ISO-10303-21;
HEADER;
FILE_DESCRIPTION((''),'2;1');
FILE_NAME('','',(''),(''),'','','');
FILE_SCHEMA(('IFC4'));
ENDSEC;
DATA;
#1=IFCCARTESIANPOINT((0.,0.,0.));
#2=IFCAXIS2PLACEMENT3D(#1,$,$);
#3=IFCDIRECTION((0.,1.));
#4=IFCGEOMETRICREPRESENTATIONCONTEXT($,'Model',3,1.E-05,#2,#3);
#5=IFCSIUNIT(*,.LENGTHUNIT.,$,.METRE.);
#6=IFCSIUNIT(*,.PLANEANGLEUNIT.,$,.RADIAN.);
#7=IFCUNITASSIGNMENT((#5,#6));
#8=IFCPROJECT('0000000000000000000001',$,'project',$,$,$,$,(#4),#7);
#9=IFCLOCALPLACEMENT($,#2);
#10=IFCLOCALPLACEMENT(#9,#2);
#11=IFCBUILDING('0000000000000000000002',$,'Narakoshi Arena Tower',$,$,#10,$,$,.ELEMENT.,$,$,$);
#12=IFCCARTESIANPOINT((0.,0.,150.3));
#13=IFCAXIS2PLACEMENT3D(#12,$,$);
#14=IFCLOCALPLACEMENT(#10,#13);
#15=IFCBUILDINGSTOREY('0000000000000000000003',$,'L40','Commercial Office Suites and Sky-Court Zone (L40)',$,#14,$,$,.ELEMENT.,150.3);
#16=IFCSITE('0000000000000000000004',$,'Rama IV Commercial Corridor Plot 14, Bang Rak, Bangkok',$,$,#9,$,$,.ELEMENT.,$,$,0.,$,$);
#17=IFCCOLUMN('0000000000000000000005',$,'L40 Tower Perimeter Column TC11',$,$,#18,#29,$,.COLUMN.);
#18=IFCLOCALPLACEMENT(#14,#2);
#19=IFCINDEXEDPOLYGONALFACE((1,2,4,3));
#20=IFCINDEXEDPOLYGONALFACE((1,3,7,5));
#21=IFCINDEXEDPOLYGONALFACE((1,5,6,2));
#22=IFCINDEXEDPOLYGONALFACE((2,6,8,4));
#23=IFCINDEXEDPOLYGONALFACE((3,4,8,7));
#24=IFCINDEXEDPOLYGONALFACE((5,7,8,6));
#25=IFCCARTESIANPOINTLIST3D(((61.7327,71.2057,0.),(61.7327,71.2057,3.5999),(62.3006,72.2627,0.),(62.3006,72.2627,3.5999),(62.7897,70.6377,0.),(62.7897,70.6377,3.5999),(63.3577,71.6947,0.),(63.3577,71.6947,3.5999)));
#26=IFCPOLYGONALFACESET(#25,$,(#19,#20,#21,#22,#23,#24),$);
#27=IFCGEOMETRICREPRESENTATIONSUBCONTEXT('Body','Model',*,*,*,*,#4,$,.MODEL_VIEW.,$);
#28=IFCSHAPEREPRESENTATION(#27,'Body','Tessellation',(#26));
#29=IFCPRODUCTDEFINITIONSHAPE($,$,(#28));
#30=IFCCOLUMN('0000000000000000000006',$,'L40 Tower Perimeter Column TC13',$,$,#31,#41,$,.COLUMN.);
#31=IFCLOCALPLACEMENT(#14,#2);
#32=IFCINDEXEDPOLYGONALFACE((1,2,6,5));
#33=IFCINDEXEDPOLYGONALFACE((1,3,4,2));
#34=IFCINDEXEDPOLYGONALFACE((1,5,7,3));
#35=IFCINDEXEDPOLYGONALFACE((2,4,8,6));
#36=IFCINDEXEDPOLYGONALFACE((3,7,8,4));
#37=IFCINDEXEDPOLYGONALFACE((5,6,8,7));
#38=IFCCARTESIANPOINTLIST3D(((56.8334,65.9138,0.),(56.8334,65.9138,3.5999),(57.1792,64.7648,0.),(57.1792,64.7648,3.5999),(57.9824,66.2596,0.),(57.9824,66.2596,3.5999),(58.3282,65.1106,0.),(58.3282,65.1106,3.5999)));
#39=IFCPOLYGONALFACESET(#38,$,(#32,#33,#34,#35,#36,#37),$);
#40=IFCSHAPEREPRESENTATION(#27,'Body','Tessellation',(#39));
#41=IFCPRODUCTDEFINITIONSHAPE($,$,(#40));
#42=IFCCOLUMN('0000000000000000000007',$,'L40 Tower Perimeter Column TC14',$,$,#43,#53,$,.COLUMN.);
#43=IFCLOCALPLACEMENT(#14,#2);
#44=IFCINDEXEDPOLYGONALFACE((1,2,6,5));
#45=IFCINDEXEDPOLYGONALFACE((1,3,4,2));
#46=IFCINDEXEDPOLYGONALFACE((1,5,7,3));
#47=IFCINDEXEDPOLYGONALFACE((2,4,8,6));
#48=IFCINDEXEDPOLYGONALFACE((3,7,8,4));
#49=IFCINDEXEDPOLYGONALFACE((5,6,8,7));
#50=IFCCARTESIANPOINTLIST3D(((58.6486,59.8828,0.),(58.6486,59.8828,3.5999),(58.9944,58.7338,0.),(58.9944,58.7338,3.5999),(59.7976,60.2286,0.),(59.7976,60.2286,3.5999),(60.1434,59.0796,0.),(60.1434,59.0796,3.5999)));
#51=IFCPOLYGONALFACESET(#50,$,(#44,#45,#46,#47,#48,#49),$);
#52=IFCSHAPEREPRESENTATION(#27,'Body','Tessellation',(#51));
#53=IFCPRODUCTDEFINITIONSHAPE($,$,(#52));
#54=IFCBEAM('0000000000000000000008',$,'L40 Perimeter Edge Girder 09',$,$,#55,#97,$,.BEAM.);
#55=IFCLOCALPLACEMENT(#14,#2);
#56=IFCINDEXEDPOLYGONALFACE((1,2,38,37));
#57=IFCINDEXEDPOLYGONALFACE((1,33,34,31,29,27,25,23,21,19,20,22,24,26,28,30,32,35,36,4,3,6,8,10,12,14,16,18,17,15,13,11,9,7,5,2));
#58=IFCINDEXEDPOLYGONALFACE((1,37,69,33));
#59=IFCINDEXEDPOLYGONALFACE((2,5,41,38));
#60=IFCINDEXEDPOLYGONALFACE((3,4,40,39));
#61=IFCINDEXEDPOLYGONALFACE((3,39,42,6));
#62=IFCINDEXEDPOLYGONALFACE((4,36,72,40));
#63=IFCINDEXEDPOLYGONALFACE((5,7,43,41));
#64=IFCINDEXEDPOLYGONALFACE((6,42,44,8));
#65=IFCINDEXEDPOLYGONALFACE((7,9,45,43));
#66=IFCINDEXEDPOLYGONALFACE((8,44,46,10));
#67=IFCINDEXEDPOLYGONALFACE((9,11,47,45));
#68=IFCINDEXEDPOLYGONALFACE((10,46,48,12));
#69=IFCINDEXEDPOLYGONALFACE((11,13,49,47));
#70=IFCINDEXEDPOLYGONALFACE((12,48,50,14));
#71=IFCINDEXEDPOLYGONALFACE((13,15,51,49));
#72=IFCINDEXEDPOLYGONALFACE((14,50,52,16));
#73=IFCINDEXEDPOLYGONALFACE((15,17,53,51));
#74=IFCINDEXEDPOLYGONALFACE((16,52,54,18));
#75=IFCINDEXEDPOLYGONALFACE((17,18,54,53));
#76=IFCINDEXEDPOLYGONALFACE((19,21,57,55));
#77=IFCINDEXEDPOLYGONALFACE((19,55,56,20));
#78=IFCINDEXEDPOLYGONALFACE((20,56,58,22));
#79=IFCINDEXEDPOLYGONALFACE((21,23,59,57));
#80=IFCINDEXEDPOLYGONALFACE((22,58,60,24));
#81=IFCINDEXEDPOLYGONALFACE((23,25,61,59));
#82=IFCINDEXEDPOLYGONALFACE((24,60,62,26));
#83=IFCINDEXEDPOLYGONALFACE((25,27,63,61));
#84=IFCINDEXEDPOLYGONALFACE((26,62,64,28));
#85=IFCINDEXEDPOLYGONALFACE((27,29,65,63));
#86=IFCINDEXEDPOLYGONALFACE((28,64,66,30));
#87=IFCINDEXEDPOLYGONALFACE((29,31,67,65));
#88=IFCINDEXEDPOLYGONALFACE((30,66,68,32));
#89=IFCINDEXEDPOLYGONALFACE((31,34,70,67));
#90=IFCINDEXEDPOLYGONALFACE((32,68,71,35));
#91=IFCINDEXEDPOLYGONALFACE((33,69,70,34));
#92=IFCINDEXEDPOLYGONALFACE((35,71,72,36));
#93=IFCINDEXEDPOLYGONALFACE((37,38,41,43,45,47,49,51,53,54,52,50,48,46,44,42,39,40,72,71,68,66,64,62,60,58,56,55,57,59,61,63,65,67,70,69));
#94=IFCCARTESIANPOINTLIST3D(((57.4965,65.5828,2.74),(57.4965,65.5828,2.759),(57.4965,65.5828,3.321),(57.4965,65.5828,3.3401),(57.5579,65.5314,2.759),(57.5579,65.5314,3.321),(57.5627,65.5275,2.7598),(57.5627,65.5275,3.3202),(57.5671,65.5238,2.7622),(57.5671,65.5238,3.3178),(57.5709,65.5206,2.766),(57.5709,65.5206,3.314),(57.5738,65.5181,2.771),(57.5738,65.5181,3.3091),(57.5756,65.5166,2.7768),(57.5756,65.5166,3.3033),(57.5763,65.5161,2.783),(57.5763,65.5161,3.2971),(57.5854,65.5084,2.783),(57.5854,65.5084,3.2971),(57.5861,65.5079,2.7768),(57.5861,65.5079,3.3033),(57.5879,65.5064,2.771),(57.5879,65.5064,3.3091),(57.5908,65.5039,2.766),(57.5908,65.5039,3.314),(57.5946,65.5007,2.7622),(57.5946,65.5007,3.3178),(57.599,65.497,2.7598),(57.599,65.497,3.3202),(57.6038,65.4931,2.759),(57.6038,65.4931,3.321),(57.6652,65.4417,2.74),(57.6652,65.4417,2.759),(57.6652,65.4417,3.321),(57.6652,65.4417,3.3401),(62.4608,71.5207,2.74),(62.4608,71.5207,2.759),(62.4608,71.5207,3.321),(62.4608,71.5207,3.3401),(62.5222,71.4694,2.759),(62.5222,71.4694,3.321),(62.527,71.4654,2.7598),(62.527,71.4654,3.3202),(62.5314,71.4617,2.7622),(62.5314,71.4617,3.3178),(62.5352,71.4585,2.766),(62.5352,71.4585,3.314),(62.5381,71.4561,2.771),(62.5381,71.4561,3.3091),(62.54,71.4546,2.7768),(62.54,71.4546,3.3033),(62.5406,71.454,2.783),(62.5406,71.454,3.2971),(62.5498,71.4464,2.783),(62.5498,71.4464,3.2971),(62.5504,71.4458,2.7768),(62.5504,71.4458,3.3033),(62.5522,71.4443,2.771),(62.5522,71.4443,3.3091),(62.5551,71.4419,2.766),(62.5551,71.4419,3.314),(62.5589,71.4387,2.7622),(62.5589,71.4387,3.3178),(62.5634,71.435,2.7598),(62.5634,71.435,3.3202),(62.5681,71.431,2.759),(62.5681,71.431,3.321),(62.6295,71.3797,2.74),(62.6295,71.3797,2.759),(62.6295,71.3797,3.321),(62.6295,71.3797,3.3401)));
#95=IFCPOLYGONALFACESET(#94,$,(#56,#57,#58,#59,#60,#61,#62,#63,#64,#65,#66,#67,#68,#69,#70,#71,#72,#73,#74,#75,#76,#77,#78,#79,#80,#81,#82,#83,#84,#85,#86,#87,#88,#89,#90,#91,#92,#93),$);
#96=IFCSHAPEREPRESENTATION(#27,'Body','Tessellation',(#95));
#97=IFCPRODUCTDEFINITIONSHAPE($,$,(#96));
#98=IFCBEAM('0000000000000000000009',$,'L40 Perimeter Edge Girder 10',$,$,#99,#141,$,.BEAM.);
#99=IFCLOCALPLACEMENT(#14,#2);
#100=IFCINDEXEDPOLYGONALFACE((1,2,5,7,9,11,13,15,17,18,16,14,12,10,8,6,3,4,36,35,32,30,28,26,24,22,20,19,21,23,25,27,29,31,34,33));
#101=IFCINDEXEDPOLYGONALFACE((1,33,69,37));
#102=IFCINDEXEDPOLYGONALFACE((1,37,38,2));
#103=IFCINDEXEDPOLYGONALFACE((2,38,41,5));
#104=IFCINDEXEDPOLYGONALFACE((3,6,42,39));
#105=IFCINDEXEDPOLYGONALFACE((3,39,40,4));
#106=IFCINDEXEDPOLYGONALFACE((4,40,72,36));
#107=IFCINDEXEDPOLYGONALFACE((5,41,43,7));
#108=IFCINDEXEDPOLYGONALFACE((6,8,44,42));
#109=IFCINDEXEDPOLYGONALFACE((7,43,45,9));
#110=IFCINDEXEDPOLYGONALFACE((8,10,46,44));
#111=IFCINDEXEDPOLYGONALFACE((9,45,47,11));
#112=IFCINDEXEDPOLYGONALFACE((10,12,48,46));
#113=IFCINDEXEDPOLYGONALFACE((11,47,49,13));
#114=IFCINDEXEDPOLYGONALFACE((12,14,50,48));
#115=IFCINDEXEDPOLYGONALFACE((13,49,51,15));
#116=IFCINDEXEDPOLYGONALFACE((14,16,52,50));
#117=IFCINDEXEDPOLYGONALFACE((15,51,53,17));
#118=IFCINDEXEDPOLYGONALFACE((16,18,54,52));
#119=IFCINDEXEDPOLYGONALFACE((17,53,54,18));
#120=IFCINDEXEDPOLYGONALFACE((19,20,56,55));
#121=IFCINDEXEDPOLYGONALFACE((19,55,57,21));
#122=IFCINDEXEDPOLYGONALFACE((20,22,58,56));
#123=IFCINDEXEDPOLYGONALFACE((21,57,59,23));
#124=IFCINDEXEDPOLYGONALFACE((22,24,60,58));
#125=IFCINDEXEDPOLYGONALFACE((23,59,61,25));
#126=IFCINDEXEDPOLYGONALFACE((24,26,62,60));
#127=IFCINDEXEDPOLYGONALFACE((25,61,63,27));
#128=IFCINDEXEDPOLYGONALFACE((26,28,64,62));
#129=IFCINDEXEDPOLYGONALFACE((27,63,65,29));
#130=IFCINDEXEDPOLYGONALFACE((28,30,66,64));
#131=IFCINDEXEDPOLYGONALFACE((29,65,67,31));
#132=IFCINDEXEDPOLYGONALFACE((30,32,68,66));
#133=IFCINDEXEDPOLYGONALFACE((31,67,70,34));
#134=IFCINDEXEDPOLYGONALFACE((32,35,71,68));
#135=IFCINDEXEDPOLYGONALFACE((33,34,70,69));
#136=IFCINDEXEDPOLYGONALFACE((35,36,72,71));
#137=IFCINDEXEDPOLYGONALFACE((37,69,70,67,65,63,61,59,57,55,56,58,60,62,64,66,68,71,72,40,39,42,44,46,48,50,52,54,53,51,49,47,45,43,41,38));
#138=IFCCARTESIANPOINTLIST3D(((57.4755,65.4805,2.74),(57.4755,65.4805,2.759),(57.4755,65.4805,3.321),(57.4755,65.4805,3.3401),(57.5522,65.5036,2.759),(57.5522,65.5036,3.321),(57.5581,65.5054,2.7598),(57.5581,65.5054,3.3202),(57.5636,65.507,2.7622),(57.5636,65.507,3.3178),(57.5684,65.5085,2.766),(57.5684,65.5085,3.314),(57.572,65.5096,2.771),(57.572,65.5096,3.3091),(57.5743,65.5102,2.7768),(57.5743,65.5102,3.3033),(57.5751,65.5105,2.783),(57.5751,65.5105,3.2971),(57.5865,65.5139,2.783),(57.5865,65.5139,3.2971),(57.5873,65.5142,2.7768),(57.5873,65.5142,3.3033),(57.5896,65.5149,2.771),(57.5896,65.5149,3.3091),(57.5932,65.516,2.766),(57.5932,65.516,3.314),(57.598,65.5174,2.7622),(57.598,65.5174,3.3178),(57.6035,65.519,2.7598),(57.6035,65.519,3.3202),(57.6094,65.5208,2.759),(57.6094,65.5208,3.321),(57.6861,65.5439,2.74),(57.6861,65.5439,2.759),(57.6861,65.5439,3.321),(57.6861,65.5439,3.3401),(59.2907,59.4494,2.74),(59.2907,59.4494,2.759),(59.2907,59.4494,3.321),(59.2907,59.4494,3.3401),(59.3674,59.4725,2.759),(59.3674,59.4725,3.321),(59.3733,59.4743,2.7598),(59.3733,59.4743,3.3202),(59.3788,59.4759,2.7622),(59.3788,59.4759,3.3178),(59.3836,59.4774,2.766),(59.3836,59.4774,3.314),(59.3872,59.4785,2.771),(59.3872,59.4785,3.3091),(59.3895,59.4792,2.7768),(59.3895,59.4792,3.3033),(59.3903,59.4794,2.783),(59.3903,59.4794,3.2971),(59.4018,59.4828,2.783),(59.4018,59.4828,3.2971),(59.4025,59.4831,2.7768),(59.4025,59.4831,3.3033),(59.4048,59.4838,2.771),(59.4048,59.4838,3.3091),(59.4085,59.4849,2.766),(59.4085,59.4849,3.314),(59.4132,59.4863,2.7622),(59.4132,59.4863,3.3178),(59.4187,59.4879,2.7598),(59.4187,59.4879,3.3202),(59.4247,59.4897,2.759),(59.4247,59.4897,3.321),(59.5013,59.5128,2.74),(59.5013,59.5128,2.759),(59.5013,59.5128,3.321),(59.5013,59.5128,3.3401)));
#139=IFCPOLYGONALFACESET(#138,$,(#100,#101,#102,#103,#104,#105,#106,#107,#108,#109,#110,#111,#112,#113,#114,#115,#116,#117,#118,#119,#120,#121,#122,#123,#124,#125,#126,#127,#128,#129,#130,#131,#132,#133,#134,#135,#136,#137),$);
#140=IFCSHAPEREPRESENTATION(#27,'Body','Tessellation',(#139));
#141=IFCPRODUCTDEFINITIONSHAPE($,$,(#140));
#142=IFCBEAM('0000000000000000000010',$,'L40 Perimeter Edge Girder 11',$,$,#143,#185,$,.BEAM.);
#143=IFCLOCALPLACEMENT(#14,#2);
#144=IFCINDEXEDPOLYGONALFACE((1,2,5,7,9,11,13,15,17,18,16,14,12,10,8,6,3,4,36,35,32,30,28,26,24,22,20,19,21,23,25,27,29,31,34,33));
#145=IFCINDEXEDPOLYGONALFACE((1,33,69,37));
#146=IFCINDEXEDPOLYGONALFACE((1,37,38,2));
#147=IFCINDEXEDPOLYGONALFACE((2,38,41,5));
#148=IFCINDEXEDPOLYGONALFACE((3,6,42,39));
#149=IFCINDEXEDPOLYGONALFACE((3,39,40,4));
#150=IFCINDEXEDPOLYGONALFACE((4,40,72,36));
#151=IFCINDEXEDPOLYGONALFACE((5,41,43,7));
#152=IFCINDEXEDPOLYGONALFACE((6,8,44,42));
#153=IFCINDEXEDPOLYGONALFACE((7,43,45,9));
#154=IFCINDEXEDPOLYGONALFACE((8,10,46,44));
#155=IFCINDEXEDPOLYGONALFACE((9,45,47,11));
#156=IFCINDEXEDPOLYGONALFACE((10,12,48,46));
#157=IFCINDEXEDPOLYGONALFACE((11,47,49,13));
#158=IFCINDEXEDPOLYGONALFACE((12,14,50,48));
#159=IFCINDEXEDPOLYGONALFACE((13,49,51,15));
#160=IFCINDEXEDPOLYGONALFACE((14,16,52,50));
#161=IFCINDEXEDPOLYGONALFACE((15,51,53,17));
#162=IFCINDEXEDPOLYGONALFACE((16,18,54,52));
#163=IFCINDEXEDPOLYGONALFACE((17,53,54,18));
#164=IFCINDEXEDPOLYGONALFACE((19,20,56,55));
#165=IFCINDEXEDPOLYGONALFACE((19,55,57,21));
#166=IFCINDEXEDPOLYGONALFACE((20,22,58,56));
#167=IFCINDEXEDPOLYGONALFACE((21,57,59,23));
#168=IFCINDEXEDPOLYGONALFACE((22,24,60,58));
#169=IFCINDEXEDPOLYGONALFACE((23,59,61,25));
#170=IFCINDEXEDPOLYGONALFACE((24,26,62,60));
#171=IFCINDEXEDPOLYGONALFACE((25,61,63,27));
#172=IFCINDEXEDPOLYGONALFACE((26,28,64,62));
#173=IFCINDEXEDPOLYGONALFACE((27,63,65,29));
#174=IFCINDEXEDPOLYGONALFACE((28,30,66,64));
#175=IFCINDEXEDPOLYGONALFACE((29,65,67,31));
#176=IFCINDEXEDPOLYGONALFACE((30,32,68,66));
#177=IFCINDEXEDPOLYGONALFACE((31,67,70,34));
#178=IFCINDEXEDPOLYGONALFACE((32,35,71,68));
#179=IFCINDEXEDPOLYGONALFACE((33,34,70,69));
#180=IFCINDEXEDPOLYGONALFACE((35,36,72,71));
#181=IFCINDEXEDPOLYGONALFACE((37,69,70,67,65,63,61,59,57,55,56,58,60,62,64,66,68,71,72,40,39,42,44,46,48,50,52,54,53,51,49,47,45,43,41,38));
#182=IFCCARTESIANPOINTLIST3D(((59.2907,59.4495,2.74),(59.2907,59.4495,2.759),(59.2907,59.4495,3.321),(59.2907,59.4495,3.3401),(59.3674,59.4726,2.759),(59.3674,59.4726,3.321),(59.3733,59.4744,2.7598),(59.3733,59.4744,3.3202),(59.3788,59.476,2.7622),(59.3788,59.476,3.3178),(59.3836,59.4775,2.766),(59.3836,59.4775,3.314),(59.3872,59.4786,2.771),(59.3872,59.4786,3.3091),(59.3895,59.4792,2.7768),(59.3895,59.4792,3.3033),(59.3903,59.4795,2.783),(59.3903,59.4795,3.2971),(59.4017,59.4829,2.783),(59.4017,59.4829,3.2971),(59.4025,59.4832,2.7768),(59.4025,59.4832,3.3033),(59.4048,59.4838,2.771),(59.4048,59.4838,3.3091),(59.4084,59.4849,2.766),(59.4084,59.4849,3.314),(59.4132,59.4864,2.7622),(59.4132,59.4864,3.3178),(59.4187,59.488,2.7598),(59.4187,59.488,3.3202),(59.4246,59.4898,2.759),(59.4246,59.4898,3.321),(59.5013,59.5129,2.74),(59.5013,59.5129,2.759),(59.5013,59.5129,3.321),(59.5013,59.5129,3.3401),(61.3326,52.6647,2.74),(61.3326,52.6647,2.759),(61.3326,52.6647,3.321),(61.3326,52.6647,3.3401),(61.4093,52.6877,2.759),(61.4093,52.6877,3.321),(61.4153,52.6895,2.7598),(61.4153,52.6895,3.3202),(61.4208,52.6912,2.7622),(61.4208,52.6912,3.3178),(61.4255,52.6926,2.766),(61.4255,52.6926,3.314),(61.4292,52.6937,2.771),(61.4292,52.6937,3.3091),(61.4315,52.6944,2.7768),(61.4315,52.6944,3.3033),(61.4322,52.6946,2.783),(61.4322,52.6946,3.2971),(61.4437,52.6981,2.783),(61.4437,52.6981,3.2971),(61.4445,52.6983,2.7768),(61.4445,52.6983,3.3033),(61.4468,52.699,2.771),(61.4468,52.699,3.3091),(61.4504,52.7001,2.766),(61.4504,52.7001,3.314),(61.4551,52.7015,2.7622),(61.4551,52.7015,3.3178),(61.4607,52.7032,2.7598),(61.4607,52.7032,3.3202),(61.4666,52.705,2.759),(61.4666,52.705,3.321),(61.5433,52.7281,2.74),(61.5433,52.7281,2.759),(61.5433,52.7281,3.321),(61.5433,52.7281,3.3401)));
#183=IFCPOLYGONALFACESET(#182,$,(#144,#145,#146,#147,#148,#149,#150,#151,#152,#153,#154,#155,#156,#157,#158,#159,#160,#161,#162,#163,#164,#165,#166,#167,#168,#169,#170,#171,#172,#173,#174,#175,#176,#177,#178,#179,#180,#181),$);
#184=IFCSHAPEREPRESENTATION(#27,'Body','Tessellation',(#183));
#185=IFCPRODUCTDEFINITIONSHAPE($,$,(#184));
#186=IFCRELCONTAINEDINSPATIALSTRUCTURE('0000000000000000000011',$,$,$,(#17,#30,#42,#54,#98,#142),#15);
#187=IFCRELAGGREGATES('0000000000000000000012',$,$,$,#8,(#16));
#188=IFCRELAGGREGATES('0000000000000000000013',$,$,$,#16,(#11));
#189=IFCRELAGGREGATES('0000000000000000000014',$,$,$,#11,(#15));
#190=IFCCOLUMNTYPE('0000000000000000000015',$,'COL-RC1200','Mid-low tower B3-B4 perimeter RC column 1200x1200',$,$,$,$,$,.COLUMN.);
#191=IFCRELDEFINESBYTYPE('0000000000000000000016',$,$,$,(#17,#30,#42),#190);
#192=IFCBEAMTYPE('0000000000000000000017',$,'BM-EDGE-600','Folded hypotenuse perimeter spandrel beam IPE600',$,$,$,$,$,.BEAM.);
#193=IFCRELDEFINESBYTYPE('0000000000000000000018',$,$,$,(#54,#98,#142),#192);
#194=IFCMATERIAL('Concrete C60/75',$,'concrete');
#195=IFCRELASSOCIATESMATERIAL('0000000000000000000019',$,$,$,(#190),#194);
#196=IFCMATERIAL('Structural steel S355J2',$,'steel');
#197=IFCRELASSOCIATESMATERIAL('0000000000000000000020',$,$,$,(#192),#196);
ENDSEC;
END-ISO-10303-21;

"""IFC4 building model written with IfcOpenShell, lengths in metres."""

from ifc_helpers import new_model, si_unit, direction, frame, origin, origin_2d, place, context, subcontext, project, spatial, rectangle, i_section, extrude, material, material_profile, profile_set, type_object, element, save


model = new_model("IFC4")

# Units and contexts
model_context = context("Model", 3, precision=1e-05, world=origin(), true_north=direction((0.0, 1.0)))
body_context = subcontext(model_context, "Body", "Model", "MODEL_VIEW")
ifc_project = project(units=[si_unit("LENGTHUNIT", "METRE"), si_unit("PLANEANGLEUNIT", "RADIAN")], contexts=[model_context])

# Site, building, storey
site_placement = place(None, origin())
site = spatial("IfcSite", under=ifc_project, at=site_placement, Name="Rama IV Commercial Corridor Plot 14, Bang Rak, Bangkok", CompositionType="ELEMENT", RefElevation=0.0)
building_placement = place(site_placement, origin())
building = spatial("IfcBuilding", under=site, at=building_placement, Name="Narakoshi Arena Tower", CompositionType="ELEMENT")
storey_placement = place(building_placement, frame((0.0, 0.0, 150.3)))
storey = spatial("IfcBuildingStorey", under=building, at=storey_placement, Name="L40", Description="Commercial Office Suites and Sky-Court Zone (L40)", CompositionType="ELEMENT", Elevation=150.3)

# Columns
ifc_material_1 = material(Name="Concrete C60/75", Category="concrete")
ifc_material_profile_1 = material_profile(ifc_material_1, rectangle(XDim=1.2, YDim=1.2, at=origin_2d()), Name="RC1200x1200")
ifc_profile_set_1 = profile_set([ifc_material_profile_1], Name="Concrete C60/75")
column_type = type_object("IfcColumnType", Name="COL-RC1200", Description="Mid-low tower B3-B4 perimeter RC column 1200x1200", PredefinedType="COLUMN", material=ifc_profile_set_1)
for number, where, z_axis, x_axis, name in (
    (1, (62.5452, 71.4502, 0.0), (0.0, 0.0, 1.0), (0.47332, 0.880891, 0.0), "L40 Tower Perimeter Column TC11"),
    (2, (57.5808, 65.5122, 0.0), (0.0, 0.0, 1.0), (-0.288196, 0.957571, 0.0), "L40 Tower Perimeter Column TC13"),
    (3, (59.396, 59.4812, 0.0), (0.0, 0.0, 1.0), (-0.288196, 0.957571, 0.0), "L40 Tower Perimeter Column TC14"),
):
    element("IfcColumn", number, at=place(storey_placement, frame(where, z_axis=z_axis, x_axis=x_axis)), inside=storey, type_object=column_type, Name=name, PredefinedType="COLUMN", context=body_context, shape_type="SweptSolid", body=[
        extrude(rectangle(XDim=1.2, YDim=1.2, at=origin_2d()), origin(), (0.0, 0.0, 1.0), 3.5999),
    ])

# Beams
ifc_material_2 = material(Name="Structural steel S355J2", Category="steel")
ifc_material_profile_2 = material_profile(ifc_material_2, i_section(OverallWidth=0.22, OverallDepth=0.6001, WebThickness=0.012, FlangeThickness=0.019, FilletRadius=0.0239, at=origin_2d()), Name="IPE600")
ifc_profile_set_2 = profile_set([ifc_material_profile_2], Name="Structural steel S355J2")
beam_type_1 = type_object("IfcBeamType", Name="BM-EDGE-600", Description="Folded hypotenuse perimeter spandrel beam IPE600", PredefinedType="BEAM", material=ifc_profile_set_2)
beam_1_placement = place(storey_placement, frame((62.5452, 71.4502, 3.04), z_axis=(-0.641406, -0.767202, 0.0), x_axis=(0.767202, -0.641406, 0.0)))
element("IfcBeam", 4, at=beam_1_placement, inside=storey, type_object=beam_type_1, Name="L40 Perimeter Edge Girder 09", PredefinedType="BEAM", context=body_context, shape_type="SweptSolid", body=[
    extrude(i_section(OverallWidth=0.22, OverallDepth=0.6001, WebThickness=0.012, FlangeThickness=0.019, FilletRadius=0.0239, at=origin_2d()), origin(), (0.0, 0.0, 1.0), 7.7397),
])
beam_2_placement = place(storey_placement, frame((57.5808, 65.5122, 3.04), z_axis=(0.288205, -0.957569, 0.0), x_axis=(0.957569, 0.288205, 0.0)))
element("IfcBeam", 5, at=beam_2_placement, inside=storey, type_object=beam_type_1, Name="L40 Perimeter Edge Girder 10", PredefinedType="BEAM", context=body_context, shape_type="SweptSolid", body=[
    extrude(i_section(OverallWidth=0.22, OverallDepth=0.6001, WebThickness=0.012, FlangeThickness=0.019, FilletRadius=0.0239, at=origin_2d()), origin(), (0.0, 0.0, 1.0), 6.2983),
])
beam_3_placement = place(storey_placement, frame((59.396, 59.4812, 3.04), z_axis=(0.288192, -0.957573, 0.0), x_axis=(0.957573, 0.288192, 0.0)))
element("IfcBeam", 6, at=beam_3_placement, inside=storey, type_object=beam_type_1, Name="L40 Perimeter Edge Girder 11", PredefinedType="BEAM", context=body_context, shape_type="SweptSolid", body=[
    extrude(i_section(OverallWidth=0.22, OverallDepth=0.6001, WebThickness=0.012, FlangeThickness=0.019, FilletRadius=0.0239, at=origin_2d()), origin(), (0.0, 0.0, 1.0), 7.0854),
])

save(model, "model.ifc")
